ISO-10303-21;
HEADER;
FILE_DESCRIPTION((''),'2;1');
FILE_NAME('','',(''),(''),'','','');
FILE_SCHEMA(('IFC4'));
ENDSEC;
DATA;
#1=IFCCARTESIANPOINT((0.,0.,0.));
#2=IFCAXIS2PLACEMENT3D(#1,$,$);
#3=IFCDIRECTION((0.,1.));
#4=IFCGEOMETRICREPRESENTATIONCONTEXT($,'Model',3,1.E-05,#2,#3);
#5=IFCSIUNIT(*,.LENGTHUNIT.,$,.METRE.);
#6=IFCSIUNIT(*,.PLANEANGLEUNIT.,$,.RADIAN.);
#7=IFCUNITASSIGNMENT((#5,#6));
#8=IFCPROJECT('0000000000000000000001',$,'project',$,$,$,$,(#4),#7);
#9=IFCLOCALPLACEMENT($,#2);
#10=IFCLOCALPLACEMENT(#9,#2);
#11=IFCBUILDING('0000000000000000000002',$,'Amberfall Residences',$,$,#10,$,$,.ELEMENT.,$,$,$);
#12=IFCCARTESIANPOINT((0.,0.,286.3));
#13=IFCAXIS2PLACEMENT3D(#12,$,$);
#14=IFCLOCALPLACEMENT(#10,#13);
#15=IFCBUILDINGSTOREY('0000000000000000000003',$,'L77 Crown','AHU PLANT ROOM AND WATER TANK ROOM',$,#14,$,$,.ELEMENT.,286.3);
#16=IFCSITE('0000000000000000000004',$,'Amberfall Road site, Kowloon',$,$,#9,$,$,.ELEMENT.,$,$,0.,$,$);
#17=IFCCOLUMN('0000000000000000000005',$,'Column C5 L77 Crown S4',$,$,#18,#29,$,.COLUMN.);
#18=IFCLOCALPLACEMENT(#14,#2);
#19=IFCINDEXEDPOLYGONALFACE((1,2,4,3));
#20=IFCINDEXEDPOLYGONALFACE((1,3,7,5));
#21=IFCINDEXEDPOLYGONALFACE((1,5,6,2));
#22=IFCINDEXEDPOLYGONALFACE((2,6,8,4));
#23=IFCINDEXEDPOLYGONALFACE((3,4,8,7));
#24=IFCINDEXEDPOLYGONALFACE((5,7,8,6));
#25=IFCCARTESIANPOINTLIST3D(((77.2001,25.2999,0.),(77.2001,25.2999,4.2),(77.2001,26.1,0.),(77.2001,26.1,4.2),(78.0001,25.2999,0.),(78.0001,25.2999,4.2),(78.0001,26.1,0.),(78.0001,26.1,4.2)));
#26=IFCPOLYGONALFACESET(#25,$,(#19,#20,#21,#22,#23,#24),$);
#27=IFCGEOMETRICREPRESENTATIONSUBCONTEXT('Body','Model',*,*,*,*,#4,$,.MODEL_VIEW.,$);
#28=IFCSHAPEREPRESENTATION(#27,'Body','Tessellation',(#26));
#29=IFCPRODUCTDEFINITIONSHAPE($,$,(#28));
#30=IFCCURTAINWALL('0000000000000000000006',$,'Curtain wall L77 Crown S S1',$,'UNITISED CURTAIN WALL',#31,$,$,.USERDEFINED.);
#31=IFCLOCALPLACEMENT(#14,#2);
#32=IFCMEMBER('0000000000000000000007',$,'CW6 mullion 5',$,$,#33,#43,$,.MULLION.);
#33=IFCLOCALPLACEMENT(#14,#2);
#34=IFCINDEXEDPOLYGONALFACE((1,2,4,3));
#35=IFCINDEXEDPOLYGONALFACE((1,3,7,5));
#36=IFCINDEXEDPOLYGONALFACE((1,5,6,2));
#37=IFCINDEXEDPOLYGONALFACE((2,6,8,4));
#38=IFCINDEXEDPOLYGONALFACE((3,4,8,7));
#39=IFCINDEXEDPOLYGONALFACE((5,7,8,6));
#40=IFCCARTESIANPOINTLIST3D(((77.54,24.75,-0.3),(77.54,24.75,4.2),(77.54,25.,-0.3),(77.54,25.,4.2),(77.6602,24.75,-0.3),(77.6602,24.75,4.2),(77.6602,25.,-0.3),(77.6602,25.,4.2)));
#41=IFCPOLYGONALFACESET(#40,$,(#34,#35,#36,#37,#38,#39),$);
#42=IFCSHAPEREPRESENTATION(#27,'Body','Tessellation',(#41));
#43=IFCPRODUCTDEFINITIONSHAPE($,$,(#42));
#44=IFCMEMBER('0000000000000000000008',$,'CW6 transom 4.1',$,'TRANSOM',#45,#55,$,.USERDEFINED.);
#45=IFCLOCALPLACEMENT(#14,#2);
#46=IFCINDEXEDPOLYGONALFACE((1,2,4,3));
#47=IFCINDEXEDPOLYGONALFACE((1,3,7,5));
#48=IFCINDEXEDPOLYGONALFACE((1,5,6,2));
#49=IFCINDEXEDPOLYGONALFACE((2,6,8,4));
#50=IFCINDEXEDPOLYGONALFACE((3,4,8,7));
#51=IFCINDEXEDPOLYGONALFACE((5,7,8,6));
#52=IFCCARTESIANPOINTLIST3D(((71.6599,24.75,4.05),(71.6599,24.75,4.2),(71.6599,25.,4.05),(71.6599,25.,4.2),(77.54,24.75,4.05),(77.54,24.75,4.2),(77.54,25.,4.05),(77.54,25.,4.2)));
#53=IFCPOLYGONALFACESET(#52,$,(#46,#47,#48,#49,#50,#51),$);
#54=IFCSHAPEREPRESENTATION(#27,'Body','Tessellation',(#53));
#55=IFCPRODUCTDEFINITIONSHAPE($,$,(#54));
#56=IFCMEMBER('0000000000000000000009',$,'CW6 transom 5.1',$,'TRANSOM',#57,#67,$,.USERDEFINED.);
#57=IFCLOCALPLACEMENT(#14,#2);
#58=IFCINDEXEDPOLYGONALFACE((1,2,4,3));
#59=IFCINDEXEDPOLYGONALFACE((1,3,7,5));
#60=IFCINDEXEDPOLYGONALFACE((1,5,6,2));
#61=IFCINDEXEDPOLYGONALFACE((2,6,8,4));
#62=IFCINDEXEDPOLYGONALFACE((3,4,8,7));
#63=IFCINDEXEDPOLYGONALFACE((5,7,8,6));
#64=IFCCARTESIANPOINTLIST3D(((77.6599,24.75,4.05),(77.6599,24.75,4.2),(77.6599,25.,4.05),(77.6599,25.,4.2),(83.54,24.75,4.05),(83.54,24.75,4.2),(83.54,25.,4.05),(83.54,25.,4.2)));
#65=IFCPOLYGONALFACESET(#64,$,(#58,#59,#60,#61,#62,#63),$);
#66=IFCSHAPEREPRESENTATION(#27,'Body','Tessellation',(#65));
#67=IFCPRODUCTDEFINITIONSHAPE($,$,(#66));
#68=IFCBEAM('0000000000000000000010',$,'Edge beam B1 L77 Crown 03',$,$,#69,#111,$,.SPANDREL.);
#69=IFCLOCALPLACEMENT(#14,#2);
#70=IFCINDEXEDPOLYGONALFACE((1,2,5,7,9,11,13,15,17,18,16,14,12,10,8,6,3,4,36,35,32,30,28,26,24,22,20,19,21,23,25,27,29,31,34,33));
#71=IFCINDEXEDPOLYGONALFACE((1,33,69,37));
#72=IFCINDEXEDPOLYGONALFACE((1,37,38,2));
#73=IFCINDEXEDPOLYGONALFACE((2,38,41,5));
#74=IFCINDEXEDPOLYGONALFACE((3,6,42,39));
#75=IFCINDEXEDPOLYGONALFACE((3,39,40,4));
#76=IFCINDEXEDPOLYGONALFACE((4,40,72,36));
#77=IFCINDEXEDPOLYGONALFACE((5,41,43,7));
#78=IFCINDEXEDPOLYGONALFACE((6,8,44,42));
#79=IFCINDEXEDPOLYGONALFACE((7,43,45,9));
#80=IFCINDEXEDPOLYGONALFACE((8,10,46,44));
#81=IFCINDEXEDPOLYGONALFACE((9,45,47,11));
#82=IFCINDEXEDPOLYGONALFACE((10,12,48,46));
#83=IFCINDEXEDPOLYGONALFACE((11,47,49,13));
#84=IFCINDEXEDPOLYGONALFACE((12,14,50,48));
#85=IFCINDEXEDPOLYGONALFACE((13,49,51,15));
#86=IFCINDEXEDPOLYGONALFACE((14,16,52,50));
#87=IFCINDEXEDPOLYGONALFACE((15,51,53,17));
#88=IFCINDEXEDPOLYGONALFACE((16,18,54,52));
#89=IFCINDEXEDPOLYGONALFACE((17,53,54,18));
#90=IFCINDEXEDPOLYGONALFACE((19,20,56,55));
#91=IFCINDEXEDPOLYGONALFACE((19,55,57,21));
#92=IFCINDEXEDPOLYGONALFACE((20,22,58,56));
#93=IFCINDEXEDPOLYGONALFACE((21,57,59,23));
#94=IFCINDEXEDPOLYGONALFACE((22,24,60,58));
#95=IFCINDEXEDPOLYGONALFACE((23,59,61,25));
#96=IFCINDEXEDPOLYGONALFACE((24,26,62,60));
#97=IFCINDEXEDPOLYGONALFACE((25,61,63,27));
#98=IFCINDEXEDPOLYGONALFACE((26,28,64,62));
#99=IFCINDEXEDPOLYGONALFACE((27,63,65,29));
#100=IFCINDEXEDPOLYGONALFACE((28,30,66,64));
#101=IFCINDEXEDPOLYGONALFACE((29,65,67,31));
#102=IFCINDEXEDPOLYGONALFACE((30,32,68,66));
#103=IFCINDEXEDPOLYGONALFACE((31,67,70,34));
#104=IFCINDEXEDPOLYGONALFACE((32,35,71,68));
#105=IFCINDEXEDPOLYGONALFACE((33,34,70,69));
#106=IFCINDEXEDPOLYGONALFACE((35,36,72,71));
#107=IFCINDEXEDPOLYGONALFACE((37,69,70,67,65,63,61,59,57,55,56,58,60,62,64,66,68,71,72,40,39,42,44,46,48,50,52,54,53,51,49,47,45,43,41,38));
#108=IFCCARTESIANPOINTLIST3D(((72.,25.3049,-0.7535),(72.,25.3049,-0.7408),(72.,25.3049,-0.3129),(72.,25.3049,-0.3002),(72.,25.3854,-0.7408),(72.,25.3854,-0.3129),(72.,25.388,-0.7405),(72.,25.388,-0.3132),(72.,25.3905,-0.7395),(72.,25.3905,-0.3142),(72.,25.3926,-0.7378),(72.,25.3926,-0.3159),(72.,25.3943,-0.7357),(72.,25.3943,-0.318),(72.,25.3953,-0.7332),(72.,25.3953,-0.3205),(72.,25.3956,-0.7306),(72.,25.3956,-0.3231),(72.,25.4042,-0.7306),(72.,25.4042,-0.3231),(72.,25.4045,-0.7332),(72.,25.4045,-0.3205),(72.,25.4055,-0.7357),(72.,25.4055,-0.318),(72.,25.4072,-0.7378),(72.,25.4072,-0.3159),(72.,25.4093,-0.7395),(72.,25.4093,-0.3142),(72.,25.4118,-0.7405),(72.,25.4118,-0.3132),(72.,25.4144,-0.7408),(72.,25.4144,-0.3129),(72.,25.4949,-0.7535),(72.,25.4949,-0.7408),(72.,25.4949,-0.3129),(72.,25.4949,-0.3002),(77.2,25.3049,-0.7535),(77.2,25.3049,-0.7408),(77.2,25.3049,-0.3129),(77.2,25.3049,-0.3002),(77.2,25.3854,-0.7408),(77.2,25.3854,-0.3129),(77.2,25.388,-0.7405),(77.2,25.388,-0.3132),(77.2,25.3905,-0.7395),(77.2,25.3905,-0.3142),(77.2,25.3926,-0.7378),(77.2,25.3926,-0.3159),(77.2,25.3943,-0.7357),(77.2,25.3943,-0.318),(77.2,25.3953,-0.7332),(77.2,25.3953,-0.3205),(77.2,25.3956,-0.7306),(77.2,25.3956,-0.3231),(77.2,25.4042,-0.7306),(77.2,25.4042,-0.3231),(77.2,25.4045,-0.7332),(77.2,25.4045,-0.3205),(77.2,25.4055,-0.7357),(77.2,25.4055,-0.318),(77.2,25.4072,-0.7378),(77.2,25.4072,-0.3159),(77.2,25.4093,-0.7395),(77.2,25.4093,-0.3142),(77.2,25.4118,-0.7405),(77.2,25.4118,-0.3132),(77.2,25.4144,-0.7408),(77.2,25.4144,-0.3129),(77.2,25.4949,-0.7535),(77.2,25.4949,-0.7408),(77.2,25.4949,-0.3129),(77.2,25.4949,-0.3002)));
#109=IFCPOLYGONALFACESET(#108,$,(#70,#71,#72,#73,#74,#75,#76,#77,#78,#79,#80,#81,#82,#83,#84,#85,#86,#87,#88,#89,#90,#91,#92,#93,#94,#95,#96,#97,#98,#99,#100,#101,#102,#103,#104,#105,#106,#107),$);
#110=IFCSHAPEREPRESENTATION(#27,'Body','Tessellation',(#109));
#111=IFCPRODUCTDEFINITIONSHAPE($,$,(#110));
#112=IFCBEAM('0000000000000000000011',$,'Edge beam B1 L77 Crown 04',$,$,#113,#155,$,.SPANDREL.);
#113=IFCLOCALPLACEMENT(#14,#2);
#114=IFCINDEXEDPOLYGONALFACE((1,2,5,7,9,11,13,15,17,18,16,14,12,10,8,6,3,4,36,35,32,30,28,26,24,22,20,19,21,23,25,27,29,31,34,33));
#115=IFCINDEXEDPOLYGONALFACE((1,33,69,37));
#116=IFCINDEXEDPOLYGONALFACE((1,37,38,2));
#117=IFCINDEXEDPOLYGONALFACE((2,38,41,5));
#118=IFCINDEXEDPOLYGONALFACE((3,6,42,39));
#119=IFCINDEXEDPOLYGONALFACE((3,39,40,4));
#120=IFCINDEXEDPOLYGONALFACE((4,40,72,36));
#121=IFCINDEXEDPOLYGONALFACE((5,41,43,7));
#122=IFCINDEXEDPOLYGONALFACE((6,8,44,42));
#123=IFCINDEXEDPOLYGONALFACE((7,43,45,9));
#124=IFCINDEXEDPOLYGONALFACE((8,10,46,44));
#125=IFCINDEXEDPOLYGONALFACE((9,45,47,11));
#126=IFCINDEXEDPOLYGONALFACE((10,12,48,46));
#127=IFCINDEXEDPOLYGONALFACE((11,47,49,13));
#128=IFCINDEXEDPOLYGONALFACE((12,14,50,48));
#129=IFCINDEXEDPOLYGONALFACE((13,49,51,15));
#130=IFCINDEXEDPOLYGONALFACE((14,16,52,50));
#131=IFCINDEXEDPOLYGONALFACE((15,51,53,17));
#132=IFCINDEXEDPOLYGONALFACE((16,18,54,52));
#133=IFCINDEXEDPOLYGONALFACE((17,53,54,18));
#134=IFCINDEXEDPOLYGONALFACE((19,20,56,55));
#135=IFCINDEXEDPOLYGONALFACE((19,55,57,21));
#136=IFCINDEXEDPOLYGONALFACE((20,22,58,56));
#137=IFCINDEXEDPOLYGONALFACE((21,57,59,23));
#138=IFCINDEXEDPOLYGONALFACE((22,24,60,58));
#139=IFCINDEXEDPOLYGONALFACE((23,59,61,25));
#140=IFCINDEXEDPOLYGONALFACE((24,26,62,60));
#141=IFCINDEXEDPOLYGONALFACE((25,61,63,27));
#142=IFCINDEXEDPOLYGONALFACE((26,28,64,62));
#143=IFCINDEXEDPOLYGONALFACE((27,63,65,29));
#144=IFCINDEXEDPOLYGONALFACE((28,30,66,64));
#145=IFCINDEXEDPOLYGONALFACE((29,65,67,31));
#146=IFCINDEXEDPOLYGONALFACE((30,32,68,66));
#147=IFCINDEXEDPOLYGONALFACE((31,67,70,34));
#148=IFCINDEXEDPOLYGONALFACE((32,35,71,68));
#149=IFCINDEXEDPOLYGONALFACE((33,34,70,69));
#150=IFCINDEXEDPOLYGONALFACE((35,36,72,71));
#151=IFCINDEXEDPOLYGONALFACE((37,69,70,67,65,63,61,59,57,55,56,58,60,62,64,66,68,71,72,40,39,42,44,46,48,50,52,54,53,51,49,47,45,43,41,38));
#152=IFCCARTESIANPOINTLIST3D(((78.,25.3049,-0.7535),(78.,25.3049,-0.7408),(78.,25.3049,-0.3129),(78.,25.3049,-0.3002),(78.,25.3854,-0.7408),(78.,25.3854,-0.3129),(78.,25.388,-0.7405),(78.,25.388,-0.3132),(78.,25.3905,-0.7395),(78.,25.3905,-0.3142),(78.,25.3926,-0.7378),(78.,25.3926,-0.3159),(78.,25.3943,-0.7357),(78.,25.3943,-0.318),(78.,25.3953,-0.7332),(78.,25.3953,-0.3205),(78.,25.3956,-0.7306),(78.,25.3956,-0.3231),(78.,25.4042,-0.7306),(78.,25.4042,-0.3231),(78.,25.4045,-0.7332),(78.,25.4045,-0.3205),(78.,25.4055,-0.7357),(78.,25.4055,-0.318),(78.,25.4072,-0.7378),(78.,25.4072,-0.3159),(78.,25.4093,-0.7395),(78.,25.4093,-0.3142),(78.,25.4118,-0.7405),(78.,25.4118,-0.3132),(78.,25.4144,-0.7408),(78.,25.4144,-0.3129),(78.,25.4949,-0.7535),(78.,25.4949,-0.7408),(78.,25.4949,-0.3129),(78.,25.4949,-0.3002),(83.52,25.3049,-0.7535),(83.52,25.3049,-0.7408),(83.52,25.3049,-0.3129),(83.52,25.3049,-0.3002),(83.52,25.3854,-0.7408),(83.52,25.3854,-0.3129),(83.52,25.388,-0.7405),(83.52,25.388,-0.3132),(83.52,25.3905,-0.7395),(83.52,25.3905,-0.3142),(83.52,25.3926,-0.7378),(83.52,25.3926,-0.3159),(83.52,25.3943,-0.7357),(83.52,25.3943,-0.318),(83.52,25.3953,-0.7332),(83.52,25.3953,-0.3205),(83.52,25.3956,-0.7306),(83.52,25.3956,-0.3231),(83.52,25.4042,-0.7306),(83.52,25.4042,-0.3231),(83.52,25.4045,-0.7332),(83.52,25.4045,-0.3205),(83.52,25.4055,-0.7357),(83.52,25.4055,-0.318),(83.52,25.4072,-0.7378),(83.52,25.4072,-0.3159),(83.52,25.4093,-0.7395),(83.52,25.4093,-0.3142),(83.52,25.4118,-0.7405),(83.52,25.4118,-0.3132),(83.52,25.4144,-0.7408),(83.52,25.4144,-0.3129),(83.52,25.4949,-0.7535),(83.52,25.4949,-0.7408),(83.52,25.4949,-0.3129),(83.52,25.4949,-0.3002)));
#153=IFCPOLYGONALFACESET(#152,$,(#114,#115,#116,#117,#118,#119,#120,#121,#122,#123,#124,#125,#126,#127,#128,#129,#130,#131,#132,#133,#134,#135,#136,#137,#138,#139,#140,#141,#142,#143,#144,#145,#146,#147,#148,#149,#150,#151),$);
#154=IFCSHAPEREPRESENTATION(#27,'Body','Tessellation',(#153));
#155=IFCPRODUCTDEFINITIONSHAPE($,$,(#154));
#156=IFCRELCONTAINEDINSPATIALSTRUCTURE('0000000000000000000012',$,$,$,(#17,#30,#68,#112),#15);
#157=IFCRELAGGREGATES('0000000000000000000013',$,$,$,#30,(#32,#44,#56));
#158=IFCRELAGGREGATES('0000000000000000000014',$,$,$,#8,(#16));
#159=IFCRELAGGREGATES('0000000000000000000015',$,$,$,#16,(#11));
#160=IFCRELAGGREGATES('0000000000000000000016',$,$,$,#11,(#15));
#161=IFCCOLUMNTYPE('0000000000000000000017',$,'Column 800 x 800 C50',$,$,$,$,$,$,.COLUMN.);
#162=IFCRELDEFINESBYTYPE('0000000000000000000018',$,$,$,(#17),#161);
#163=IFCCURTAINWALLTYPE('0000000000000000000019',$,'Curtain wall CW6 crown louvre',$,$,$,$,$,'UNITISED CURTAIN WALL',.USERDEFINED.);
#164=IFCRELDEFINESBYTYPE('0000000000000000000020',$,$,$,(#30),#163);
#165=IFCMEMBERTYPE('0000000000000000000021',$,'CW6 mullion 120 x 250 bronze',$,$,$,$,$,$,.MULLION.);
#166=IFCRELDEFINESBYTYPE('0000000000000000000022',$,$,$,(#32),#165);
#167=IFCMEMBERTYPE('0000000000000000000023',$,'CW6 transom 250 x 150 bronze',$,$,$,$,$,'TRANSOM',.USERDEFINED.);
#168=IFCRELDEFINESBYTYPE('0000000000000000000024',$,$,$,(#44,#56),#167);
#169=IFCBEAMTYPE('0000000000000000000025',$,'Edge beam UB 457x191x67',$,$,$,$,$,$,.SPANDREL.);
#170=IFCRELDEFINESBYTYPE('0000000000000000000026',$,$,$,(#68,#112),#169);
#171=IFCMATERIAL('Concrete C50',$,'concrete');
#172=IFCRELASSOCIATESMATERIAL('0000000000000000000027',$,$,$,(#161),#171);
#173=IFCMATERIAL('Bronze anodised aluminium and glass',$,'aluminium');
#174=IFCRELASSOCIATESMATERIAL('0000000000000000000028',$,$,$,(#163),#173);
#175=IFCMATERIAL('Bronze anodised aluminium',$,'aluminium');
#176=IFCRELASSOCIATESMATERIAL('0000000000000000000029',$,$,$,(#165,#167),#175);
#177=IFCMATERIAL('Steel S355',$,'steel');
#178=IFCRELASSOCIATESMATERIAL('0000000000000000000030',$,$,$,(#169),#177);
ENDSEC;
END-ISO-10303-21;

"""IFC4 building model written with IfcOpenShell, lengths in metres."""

from ifc_helpers import new_model, si_unit, direction, frame, origin, origin_2d, place, context, subcontext, project, spatial, rectangle, i_section, extrude, material, material_profile, profile_set, type_object, element, aggregate, save


model = new_model("IFC4")

# Units and contexts
model_context = context("Model", 3, precision=1e-05, world=origin(), true_north=direction((0.0, 1.0)))
body_context = subcontext(model_context, "Body", "Model", "MODEL_VIEW")
ifc_project = project(units=[si_unit("LENGTHUNIT", "METRE"), si_unit("PLANEANGLEUNIT", "RADIAN")], contexts=[model_context])

# Site, building, storey
site_placement = place(None, origin())
site = spatial("IfcSite", under=ifc_project, at=site_placement, Name="Amberfall Road site, Kowloon", CompositionType="ELEMENT", RefElevation=0.0)
building_placement = place(site_placement, origin())
building = spatial("IfcBuilding", under=site, at=building_placement, Name="Amberfall Residences", CompositionType="ELEMENT")
storey_placement = place(building_placement, frame((0.0, 0.0, 286.3)))
storey = spatial("IfcBuildingStorey", under=building, at=storey_placement, Name="L77 Crown", Description="AHU PLANT ROOM AND WATER TANK ROOM", CompositionType="ELEMENT", Elevation=286.3)

# Column
ifc_material_1 = material(Name="Concrete C50", Category="concrete")
ifc_material_profile_1 = material_profile(ifc_material_1, rectangle(XDim=0.8, YDim=0.8, at=origin_2d()), Name="Column 800 x 800 C50")
ifc_profile_set_1 = profile_set([ifc_material_profile_1], Name="Concrete C50")
column_type = type_object("IfcColumnType", Name="Column 800 x 800 C50", PredefinedType="COLUMN", material=ifc_profile_set_1)
column_placement = place(storey_placement, frame((77.6001, 25.7, 0.0), z_axis=(0.0, 0.0, 1.0), x_axis=(1.0, 0.0, 0.0)))
element("IfcColumn", 1, at=column_placement, inside=storey, type_object=column_type, Name="Column C5 L77 Crown S4", PredefinedType="COLUMN", context=body_context, shape_type="SweptSolid", body=[
    extrude(rectangle(XDim=0.8, YDim=0.8, at=origin_2d()), origin(), (0.0, 0.0, 1.0), 4.2),
])

# Curtain wall, members
ifc_material_2 = material(Name="Bronze anodised aluminium and glass", Category="aluminium")
curtain_wall_type = type_object("IfcCurtainWallType", Name="Curtain wall CW6 crown louvre", ElementType="UNITISED CURTAIN WALL", PredefinedType="USERDEFINED", material=ifc_material_2)
curtain_wall_placement = place(storey_placement, origin())
curtain_wall = element("IfcCurtainWall", 2, at=curtain_wall_placement, inside=storey, type_object=curtain_wall_type, Name="Curtain wall L77 Crown S S1", ObjectType="UNITISED CURTAIN WALL", PredefinedType="USERDEFINED")
ifc_material_3 = material(Name="Bronze anodised aluminium", Category="aluminium")
ifc_material_profile_2 = material_profile(ifc_material_3, rectangle(XDim=0.25, YDim=0.1201, at=origin_2d()), Name="CW6 mullion 120 x 250 bronze")
ifc_profile_set_2 = profile_set([ifc_material_profile_2], Name="Bronze anodised aluminium")
member_type_1 = type_object("IfcMemberType", Name="CW6 mullion 120 x 250 bronze", PredefinedType="MULLION", material=ifc_profile_set_2)
member_1_placement = place(storey_placement, frame((77.6001, 24.875, -0.3), z_axis=(0.0, 0.0, 1.0), x_axis=(0.0, 1.0, 0.0)))
member_1 = element("IfcMember", 3, at=member_1_placement, type_object=member_type_1, Name="CW6 mullion 5", PredefinedType="MULLION", context=body_context, shape_type="SweptSolid", body=[
    extrude(rectangle(XDim=0.25, YDim=0.1201, at=origin_2d()), origin(), (0.0, 0.0, 1.0), 4.5),
])
ifc_material_profile_3 = material_profile(ifc_material_3, rectangle(XDim=0.25, YDim=0.1499, at=origin_2d()), Name="CW6 transom 250 x 150 bronze")
ifc_profile_set_3 = profile_set([ifc_material_profile_3], Name="Bronze anodised aluminium")
member_type_2 = type_object("IfcMemberType", Name="CW6 transom 250 x 150 bronze", ElementType="TRANSOM", PredefinedType="USERDEFINED", material=ifc_profile_set_3)
member_2_placement = place(storey_placement, frame((71.6599, 24.875, 4.125), z_axis=(1.0, 0.0, 0.0), x_axis=(0.0, 1.0, 0.0)))
member_2 = element("IfcMember", 4, at=member_2_placement, type_object=member_type_2, Name="CW6 transom 4.1", ObjectType="TRANSOM", PredefinedType="USERDEFINED", context=body_context, shape_type="SweptSolid", body=[
    extrude(rectangle(XDim=0.25, YDim=0.1499, at=origin_2d()), origin(), (0.0, 0.0, 1.0), 5.8801),
])
member_3_placement = place(storey_placement, frame((77.6599, 24.875, 4.125), z_axis=(1.0, 0.0, 0.0), x_axis=(0.0, 1.0, 0.0)))
member_3 = element("IfcMember", 5, at=member_3_placement, type_object=member_type_2, Name="CW6 transom 5.1", ObjectType="TRANSOM", PredefinedType="USERDEFINED", context=body_context, shape_type="SweptSolid", body=[
    extrude(rectangle(XDim=0.25, YDim=0.1499, at=origin_2d()), origin(), (0.0, 0.0, 1.0), 5.8801),
])

# Beams
ifc_material_4 = material(Name="Steel S355", Category="steel")
ifc_material_profile_4 = material_profile(ifc_material_4, i_section(OverallWidth=0.1899, OverallDepth=0.4534, WebThickness=0.0085, FlangeThickness=0.0127, FilletRadius=0.0103, at=origin_2d()), Name="UB 457x191x67")
ifc_profile_set_4 = profile_set([ifc_material_profile_4], Name="Steel S355")
beam_type_1 = type_object("IfcBeamType", Name="Edge beam UB 457x191x67", PredefinedType="SPANDREL", material=ifc_profile_set_4)
beam_1_placement = place(storey_placement, frame((72.0, 25.3999, -0.5269), z_axis=(1.0, 0.0, 0.0), x_axis=(0.0, 1.0, 0.0)))
element("IfcBeam", 6, at=beam_1_placement, inside=storey, type_object=beam_type_1, Name="Edge beam B1 L77 Crown 03", PredefinedType="SPANDREL", context=body_context, shape_type="SweptSolid", body=[
    extrude(i_section(OverallWidth=0.1899, OverallDepth=0.4534, WebThickness=0.0085, FlangeThickness=0.0127, FilletRadius=0.0103, at=origin_2d()), origin(), (0.0, 0.0, 1.0), 5.2),
])
beam_2_placement = place(storey_placement, frame((78.0, 25.3999, -0.5269), z_axis=(1.0, 0.0, 0.0), x_axis=(0.0, 1.0, 0.0)))
element("IfcBeam", 7, at=beam_2_placement, inside=storey, type_object=beam_type_1, Name="Edge beam B1 L77 Crown 04", PredefinedType="SPANDREL", context=body_context, shape_type="SweptSolid", body=[
    extrude(i_section(OverallWidth=0.1899, OverallDepth=0.4534, WebThickness=0.0085, FlangeThickness=0.0127, FilletRadius=0.0103, at=origin_2d()), origin(), (0.0, 0.0, 1.0), 5.52),
])

aggregate(curtain_wall, [member_1, member_2, member_3])

save(model, "model.ifc")
